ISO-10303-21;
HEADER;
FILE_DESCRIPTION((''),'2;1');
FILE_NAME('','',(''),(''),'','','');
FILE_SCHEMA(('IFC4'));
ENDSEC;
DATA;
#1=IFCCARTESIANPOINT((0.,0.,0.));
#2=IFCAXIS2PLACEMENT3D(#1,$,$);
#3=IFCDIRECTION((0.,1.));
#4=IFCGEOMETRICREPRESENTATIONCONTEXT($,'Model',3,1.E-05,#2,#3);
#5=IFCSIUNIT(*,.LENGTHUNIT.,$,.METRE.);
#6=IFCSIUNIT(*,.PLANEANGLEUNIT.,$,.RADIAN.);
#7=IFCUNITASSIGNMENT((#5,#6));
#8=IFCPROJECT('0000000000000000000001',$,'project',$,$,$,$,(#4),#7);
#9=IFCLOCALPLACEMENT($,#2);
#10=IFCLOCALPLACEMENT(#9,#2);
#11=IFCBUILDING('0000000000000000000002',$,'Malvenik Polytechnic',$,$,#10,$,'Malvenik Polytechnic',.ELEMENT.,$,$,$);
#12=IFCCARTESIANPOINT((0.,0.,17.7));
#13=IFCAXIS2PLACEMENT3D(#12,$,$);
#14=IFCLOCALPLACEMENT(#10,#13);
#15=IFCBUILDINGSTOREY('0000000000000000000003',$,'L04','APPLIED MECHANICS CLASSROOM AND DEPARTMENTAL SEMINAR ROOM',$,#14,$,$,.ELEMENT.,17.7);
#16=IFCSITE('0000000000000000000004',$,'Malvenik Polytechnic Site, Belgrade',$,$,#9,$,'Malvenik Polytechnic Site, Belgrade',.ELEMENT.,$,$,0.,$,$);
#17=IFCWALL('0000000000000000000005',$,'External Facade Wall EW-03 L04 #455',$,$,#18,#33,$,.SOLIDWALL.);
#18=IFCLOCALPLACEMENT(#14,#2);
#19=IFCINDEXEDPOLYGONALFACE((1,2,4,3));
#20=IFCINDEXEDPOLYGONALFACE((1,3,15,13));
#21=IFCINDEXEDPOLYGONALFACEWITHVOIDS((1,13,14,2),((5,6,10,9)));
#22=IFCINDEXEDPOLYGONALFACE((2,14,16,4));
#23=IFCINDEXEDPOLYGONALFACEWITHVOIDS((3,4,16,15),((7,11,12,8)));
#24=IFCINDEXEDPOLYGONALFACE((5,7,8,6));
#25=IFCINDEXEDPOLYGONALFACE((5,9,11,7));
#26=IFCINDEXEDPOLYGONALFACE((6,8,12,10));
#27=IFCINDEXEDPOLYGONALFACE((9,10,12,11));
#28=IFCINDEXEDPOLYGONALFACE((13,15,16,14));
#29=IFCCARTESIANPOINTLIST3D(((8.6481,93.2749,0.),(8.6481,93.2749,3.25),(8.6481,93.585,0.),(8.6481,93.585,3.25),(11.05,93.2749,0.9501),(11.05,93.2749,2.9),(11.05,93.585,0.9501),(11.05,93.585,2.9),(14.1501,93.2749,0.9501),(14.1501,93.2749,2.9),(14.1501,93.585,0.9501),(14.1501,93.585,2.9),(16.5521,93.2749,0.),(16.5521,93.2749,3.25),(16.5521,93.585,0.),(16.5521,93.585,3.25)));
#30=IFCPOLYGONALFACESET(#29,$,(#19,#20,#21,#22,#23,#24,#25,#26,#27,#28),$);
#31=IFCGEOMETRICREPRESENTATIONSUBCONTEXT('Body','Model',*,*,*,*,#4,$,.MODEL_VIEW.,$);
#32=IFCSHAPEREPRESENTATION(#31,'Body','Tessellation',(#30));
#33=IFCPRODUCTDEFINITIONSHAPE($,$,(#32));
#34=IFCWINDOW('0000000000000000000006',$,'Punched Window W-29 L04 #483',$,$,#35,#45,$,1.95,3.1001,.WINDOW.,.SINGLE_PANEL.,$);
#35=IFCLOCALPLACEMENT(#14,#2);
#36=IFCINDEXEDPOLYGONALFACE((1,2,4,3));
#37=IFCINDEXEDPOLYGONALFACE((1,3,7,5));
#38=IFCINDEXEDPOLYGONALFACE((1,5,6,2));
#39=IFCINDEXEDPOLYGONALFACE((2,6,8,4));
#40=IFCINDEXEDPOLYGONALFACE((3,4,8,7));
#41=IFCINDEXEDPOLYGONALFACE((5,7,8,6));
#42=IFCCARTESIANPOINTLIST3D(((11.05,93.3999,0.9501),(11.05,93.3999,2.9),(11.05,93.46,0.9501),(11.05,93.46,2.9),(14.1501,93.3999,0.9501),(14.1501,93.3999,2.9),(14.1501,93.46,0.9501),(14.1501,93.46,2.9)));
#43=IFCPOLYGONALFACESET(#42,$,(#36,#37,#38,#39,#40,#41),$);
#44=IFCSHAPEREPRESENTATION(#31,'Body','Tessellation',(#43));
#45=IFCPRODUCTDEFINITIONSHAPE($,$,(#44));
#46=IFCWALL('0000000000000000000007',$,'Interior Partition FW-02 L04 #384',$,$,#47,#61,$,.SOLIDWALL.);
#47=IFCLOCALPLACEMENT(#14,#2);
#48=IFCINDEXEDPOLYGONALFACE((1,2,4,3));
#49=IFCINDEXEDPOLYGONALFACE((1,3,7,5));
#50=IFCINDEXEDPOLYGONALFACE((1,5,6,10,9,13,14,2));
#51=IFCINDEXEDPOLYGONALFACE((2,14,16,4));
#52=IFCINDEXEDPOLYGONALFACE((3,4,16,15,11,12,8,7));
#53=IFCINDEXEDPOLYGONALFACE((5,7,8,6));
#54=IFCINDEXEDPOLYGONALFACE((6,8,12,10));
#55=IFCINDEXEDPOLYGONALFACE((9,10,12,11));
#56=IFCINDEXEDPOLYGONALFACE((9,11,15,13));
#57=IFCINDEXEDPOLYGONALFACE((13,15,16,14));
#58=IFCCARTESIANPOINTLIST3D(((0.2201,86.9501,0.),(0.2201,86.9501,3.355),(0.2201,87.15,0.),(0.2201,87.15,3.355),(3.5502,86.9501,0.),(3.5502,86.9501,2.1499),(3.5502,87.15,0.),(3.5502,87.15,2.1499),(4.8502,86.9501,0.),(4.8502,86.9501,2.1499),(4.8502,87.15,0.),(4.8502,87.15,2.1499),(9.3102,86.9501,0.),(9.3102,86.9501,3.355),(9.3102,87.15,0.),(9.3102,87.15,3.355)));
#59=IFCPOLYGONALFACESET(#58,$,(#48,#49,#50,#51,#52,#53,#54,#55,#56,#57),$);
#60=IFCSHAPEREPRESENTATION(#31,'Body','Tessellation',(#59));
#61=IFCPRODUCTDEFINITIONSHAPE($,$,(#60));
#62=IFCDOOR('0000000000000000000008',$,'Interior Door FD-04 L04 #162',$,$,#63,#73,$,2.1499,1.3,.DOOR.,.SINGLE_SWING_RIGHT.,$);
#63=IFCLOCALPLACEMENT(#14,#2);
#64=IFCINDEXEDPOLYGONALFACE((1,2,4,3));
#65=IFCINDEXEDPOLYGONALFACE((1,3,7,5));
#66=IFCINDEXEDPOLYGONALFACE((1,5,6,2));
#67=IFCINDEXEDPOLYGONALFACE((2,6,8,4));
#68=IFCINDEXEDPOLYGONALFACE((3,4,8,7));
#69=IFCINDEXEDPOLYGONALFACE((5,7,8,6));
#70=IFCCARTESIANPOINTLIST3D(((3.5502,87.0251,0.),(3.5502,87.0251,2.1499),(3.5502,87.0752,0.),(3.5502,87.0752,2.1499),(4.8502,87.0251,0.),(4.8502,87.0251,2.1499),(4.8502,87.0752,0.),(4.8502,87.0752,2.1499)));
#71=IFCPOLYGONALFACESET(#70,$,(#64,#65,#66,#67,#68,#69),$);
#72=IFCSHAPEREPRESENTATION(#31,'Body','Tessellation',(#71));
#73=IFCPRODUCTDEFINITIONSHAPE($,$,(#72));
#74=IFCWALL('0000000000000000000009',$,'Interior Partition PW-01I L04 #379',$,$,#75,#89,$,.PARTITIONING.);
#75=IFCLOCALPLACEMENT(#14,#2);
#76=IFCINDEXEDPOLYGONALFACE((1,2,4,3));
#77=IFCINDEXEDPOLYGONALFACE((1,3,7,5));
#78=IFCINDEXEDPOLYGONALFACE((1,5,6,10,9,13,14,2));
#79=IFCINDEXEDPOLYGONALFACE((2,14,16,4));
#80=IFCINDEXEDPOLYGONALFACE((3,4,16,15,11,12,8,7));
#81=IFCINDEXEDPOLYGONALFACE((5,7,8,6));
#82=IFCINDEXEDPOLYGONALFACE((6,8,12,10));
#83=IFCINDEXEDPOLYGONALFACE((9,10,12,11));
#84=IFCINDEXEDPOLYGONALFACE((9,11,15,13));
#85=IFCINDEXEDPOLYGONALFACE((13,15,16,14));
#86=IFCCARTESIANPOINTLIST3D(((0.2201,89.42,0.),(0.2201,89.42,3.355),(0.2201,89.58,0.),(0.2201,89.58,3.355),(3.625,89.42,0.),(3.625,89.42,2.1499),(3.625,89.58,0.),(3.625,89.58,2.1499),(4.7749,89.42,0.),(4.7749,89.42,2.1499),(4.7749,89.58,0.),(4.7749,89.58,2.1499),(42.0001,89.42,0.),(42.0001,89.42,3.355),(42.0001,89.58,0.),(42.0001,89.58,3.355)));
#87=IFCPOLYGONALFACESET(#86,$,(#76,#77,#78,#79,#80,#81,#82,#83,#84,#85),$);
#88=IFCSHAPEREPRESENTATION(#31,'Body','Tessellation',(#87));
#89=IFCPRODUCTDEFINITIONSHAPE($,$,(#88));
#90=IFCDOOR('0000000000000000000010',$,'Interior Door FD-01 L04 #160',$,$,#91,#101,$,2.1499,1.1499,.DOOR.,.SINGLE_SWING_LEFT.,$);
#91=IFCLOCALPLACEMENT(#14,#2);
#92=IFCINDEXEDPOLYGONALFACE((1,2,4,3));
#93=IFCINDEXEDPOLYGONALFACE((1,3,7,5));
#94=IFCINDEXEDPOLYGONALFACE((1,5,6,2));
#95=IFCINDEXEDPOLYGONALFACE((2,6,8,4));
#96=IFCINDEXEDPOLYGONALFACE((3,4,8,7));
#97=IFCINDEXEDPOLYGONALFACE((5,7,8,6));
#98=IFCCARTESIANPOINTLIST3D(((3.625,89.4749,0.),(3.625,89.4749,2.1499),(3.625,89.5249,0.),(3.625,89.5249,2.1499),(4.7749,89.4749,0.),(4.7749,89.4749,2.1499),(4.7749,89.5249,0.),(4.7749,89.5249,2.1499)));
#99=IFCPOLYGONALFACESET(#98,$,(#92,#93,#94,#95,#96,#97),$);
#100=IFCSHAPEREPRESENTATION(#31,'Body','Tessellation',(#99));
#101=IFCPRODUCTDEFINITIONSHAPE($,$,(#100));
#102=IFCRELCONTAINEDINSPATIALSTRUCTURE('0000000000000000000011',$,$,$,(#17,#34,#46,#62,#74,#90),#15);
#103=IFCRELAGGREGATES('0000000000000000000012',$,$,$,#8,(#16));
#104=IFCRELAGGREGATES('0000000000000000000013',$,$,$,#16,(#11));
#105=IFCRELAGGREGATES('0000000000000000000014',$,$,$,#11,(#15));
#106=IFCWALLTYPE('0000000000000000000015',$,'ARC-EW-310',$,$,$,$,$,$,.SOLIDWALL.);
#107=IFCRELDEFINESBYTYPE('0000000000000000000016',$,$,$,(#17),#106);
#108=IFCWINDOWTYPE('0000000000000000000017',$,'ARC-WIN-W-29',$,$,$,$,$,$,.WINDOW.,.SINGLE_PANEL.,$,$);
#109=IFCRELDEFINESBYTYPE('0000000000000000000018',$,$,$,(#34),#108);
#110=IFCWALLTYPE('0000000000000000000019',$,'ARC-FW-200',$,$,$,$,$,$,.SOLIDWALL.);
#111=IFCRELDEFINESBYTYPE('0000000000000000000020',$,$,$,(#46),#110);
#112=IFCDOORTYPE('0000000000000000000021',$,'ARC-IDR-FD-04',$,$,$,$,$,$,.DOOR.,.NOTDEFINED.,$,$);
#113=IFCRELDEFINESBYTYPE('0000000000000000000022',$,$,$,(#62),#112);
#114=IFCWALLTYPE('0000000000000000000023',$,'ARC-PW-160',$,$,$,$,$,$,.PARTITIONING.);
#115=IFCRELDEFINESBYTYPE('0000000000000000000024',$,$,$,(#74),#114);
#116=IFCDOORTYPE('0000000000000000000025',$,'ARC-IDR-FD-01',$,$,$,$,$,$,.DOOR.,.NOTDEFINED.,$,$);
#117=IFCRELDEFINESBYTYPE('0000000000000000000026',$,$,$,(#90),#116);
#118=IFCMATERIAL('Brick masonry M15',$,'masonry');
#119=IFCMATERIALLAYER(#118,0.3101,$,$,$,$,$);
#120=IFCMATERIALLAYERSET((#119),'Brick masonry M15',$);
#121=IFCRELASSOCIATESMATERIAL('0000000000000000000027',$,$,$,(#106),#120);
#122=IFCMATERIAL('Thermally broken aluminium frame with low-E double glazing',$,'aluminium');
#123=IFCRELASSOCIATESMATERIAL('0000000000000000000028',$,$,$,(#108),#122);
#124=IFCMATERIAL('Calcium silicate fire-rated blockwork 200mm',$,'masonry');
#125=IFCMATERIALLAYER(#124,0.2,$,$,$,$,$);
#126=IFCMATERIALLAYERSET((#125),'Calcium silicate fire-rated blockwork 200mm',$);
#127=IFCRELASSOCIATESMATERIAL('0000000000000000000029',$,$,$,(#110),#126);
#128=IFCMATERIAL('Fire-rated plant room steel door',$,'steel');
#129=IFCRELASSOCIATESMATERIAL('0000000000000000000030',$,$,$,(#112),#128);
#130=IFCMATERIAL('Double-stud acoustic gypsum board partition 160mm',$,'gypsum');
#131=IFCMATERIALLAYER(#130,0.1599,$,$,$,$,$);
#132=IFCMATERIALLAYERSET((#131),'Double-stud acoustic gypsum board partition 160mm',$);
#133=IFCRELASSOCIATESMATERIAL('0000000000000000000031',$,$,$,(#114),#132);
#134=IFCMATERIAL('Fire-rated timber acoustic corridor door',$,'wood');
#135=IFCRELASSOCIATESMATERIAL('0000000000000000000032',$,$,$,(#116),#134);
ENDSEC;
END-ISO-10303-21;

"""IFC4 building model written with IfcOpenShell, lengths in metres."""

from ifc_helpers import new_model, si_unit, direction, frame, frame_2d, origin, place, context, subcontext, project, spatial, rectangle, extrude, material, layer, layer_set, type_object, element, fill, save


model = new_model("IFC4")

# Units and contexts
model_context = context("Model", 3, precision=1e-05, world=origin(), true_north=direction((0.0, 1.0)))
body_context = subcontext(model_context, "Body", "Model", "MODEL_VIEW")
ifc_project = project(units=[si_unit("LENGTHUNIT", "METRE"), si_unit("PLANEANGLEUNIT", "RADIAN")], contexts=[model_context])

# Site, building, storey
site_placement = place(None, origin())
site = spatial("IfcSite", under=ifc_project, at=site_placement, Name="Malvenik Polytechnic Site, Belgrade", LongName="Malvenik Polytechnic Site, Belgrade", CompositionType="ELEMENT", RefElevation=0.0)
building_placement = place(site_placement, origin())
building = spatial("IfcBuilding", under=site, at=building_placement, Name="Malvenik Polytechnic", LongName="Malvenik Polytechnic", CompositionType="ELEMENT")
storey_placement = place(building_placement, frame((0.0, 0.0, 17.7)))
storey = spatial("IfcBuildingStorey", under=building, at=storey_placement, Name="L04", Description="APPLIED MECHANICS CLASSROOM AND DEPARTMENTAL SEMINAR ROOM", CompositionType="ELEMENT", Elevation=17.7)

# Shared definitions
ifc_material_1 = material(Name="Brick masonry M15", Category="masonry")
ifc_layer_1 = layer(ifc_material_1, 0.3101)
ifc_layer_set_1 = layer_set([ifc_layer_1], Name="Brick masonry M15")
wall_type_1 = type_object("IfcWallType", Name="ARC-EW-310", PredefinedType="SOLIDWALL", material=ifc_layer_set_1)

# Shared definitions
ifc_material_2 = material(Name="Thermally broken aluminium frame with low-E double glazing", Category="aluminium")

# Wall, opening, window
wall_1_placement = place(storey_placement, frame((8.6479, 93.4299, 0.0), z_axis=(0.0, 0.0, 1.0), x_axis=(1.0, 0.0, 0.0)))
wall_1 = element("IfcWall", 1, at=wall_1_placement, inside=storey, type_object=wall_type_1, Name="External Facade Wall EW-03 L04 #455", PredefinedType="SOLIDWALL", context=body_context, shape_type="SweptSolid", body=[
    extrude(rectangle(XDim=7.9041, YDim=0.3101, at=frame_2d((3.9521, 0.0))), origin(), (0.0, 0.0, 1.0), 3.25),
])
opening_1_placement = place(wall_1_placement, frame((2.4021, 0.0, 0.95)))
opening_1 = element("IfcOpeningElement", 2, at=opening_1_placement, cuts=wall_1, PredefinedType="OPENING", context=body_context, shape_type="SweptSolid", body=[
    extrude(rectangle(XDim=3.1001, YDim=1.95, at=frame_2d((1.55, 0.9751))), frame((0.0, 0.165, 0.0), z_axis=(0.0, -1.0, 0.0), x_axis=(1.0, 0.0, 0.0)), (0.0, 0.0, 1.0), 0.3301),
])
window_type_1 = type_object("IfcWindowType", Name="ARC-WIN-W-29", PartitioningType="SINGLE_PANEL", PredefinedType="WINDOW", material=ifc_material_2)
window_1_placement = place(opening_1_placement, origin())
window_1 = element("IfcWindow", 3, at=window_1_placement, inside=storey, type_object=window_type_1, Name="Punched Window W-29 L04 #483", OverallHeight=1.95, OverallWidth=3.1001, PartitioningType="SINGLE_PANEL", PredefinedType="WINDOW", context=body_context, shape_type="SweptSolid", body=[
    extrude(rectangle(XDim=3.1001, YDim=1.95, at=frame_2d((1.55, 0.9751))), frame((0.0, 0.03, 0.0), z_axis=(0.0, -1.0, 0.0), x_axis=(1.0, 0.0, 0.0)), (0.0, 0.0, 1.0), 0.0601),
])
fill(opening_1, window_1)

# Walls, openings, doors
ifc_material_3 = material(Name="Calcium silicate fire-rated blockwork 200mm", Category="masonry")
ifc_layer_2 = layer(ifc_material_3, 0.2)
ifc_layer_set_2 = layer_set([ifc_layer_2], Name="Calcium silicate fire-rated blockwork 200mm")
wall_type_2 = type_object("IfcWallType", Name="ARC-FW-200", PredefinedType="SOLIDWALL", material=ifc_layer_set_2)
wall_2_placement = place(storey_placement, frame((9.3101, 87.05, 0.0), z_axis=(0.0, 0.0, 1.0), x_axis=(-1.0, 0.0, 0.0)))
wall_2 = element("IfcWall", 4, at=wall_2_placement, inside=storey, type_object=wall_type_2, Name="Interior Partition FW-02 L04 #384", PredefinedType="SOLIDWALL", context=body_context, shape_type="SweptSolid", body=[
    extrude(rectangle(XDim=9.0901, YDim=0.2, at=frame_2d((4.5449, 0.0))), origin(), (0.0, 0.0, 1.0), 3.355),
])
opening_2_placement = place(wall_2_placement, frame((4.46, 0.0, 0.0)))
opening_2 = element("IfcOpeningElement", 5, at=opening_2_placement, cuts=wall_2, PredefinedType="OPENING", context=body_context, shape_type="SweptSolid", body=[
    extrude(rectangle(XDim=1.3, YDim=2.1499, at=frame_2d((0.6499, 1.075))), frame((0.0, 0.1099, 0.0), z_axis=(0.0, -1.0, 0.0), x_axis=(1.0, 0.0, 0.0)), (0.0, 0.0, 1.0), 0.22),
])
ifc_material_4 = material(Name="Fire-rated plant room steel door", Category="steel")
door_type_1 = type_object("IfcDoorType", Name="ARC-IDR-FD-04", OperationType="NOTDEFINED", PredefinedType="DOOR", material=ifc_material_4)
door_1_placement = place(opening_2_placement, origin())
door_1 = element("IfcDoor", 6, at=door_1_placement, inside=storey, type_object=door_type_1, Name="Interior Door FD-04 L04 #162", OperationType="SINGLE_SWING_RIGHT", OverallHeight=2.1499, OverallWidth=1.3, PredefinedType="DOOR", context=body_context, shape_type="SweptSolid", body=[
    extrude(rectangle(XDim=1.3, YDim=2.1499, at=frame_2d((0.6499, 1.075))), frame((0.0, 0.0249, 0.0), z_axis=(0.0, -1.0, 0.0), x_axis=(1.0, 0.0, 0.0)), (0.0, 0.0, 1.0), 0.05),
])
fill(opening_2, door_1)
ifc_material_5 = material(Name="Double-stud acoustic gypsum board partition 160mm", Category="gypsum")
ifc_layer_3 = layer(ifc_material_5, 0.1599)
ifc_layer_set_3 = layer_set([ifc_layer_3], Name="Double-stud acoustic gypsum board partition 160mm")
wall_type_3 = type_object("IfcWallType", Name="ARC-PW-160", PredefinedType="PARTITIONING", material=ifc_layer_set_3)
wall_3_placement = place(storey_placement, frame((0.22, 89.5, 0.0), z_axis=(0.0, 0.0, 1.0), x_axis=(1.0, 0.0, 0.0)))
wall_3 = element("IfcWall", 7, at=wall_3_placement, inside=storey, type_object=wall_type_3, Name="Interior Partition PW-01I L04 #379", PredefinedType="PARTITIONING", context=body_context, shape_type="SweptSolid", body=[
    extrude(rectangle(XDim=41.78, YDim=0.1599, at=frame_2d((20.8901, 0.0))), origin(), (0.0, 0.0, 1.0), 3.355),
])
opening_3_placement = place(wall_3_placement, frame((3.405, 0.0, 0.0)))
opening_3 = element("IfcOpeningElement", 8, at=opening_3_placement, cuts=wall_3, PredefinedType="OPENING", context=body_context, shape_type="SweptSolid", body=[
    extrude(rectangle(XDim=1.1499, YDim=2.1499, at=frame_2d((0.575, 1.075))), frame((0.0, 0.0898, 0.0), z_axis=(0.0, -1.0, 0.0), x_axis=(1.0, 0.0, 0.0)), (0.0, 0.0, 1.0), 0.1799),
])
ifc_material_6 = material(Name="Fire-rated timber acoustic corridor door", Category="wood")
door_type_2 = type_object("IfcDoorType", Name="ARC-IDR-FD-01", OperationType="NOTDEFINED", PredefinedType="DOOR", material=ifc_material_6)
door_2_placement = place(opening_3_placement, origin())
door_2 = element("IfcDoor", 9, at=door_2_placement, inside=storey, type_object=door_type_2, Name="Interior Door FD-01 L04 #160", OperationType="SINGLE_SWING_LEFT", OverallHeight=2.1499, OverallWidth=1.1499, PredefinedType="DOOR", context=body_context, shape_type="SweptSolid", body=[
    extrude(rectangle(XDim=1.1499, YDim=2.1499, at=frame_2d((0.575, 1.075))), frame((0.0, 0.0249, 0.0), z_axis=(0.0, -1.0, 0.0), x_axis=(1.0, 0.0, 0.0)), (0.0, 0.0, 1.0), 0.05),
])
fill(opening_3, door_2)

save(model, "model.ifc")
